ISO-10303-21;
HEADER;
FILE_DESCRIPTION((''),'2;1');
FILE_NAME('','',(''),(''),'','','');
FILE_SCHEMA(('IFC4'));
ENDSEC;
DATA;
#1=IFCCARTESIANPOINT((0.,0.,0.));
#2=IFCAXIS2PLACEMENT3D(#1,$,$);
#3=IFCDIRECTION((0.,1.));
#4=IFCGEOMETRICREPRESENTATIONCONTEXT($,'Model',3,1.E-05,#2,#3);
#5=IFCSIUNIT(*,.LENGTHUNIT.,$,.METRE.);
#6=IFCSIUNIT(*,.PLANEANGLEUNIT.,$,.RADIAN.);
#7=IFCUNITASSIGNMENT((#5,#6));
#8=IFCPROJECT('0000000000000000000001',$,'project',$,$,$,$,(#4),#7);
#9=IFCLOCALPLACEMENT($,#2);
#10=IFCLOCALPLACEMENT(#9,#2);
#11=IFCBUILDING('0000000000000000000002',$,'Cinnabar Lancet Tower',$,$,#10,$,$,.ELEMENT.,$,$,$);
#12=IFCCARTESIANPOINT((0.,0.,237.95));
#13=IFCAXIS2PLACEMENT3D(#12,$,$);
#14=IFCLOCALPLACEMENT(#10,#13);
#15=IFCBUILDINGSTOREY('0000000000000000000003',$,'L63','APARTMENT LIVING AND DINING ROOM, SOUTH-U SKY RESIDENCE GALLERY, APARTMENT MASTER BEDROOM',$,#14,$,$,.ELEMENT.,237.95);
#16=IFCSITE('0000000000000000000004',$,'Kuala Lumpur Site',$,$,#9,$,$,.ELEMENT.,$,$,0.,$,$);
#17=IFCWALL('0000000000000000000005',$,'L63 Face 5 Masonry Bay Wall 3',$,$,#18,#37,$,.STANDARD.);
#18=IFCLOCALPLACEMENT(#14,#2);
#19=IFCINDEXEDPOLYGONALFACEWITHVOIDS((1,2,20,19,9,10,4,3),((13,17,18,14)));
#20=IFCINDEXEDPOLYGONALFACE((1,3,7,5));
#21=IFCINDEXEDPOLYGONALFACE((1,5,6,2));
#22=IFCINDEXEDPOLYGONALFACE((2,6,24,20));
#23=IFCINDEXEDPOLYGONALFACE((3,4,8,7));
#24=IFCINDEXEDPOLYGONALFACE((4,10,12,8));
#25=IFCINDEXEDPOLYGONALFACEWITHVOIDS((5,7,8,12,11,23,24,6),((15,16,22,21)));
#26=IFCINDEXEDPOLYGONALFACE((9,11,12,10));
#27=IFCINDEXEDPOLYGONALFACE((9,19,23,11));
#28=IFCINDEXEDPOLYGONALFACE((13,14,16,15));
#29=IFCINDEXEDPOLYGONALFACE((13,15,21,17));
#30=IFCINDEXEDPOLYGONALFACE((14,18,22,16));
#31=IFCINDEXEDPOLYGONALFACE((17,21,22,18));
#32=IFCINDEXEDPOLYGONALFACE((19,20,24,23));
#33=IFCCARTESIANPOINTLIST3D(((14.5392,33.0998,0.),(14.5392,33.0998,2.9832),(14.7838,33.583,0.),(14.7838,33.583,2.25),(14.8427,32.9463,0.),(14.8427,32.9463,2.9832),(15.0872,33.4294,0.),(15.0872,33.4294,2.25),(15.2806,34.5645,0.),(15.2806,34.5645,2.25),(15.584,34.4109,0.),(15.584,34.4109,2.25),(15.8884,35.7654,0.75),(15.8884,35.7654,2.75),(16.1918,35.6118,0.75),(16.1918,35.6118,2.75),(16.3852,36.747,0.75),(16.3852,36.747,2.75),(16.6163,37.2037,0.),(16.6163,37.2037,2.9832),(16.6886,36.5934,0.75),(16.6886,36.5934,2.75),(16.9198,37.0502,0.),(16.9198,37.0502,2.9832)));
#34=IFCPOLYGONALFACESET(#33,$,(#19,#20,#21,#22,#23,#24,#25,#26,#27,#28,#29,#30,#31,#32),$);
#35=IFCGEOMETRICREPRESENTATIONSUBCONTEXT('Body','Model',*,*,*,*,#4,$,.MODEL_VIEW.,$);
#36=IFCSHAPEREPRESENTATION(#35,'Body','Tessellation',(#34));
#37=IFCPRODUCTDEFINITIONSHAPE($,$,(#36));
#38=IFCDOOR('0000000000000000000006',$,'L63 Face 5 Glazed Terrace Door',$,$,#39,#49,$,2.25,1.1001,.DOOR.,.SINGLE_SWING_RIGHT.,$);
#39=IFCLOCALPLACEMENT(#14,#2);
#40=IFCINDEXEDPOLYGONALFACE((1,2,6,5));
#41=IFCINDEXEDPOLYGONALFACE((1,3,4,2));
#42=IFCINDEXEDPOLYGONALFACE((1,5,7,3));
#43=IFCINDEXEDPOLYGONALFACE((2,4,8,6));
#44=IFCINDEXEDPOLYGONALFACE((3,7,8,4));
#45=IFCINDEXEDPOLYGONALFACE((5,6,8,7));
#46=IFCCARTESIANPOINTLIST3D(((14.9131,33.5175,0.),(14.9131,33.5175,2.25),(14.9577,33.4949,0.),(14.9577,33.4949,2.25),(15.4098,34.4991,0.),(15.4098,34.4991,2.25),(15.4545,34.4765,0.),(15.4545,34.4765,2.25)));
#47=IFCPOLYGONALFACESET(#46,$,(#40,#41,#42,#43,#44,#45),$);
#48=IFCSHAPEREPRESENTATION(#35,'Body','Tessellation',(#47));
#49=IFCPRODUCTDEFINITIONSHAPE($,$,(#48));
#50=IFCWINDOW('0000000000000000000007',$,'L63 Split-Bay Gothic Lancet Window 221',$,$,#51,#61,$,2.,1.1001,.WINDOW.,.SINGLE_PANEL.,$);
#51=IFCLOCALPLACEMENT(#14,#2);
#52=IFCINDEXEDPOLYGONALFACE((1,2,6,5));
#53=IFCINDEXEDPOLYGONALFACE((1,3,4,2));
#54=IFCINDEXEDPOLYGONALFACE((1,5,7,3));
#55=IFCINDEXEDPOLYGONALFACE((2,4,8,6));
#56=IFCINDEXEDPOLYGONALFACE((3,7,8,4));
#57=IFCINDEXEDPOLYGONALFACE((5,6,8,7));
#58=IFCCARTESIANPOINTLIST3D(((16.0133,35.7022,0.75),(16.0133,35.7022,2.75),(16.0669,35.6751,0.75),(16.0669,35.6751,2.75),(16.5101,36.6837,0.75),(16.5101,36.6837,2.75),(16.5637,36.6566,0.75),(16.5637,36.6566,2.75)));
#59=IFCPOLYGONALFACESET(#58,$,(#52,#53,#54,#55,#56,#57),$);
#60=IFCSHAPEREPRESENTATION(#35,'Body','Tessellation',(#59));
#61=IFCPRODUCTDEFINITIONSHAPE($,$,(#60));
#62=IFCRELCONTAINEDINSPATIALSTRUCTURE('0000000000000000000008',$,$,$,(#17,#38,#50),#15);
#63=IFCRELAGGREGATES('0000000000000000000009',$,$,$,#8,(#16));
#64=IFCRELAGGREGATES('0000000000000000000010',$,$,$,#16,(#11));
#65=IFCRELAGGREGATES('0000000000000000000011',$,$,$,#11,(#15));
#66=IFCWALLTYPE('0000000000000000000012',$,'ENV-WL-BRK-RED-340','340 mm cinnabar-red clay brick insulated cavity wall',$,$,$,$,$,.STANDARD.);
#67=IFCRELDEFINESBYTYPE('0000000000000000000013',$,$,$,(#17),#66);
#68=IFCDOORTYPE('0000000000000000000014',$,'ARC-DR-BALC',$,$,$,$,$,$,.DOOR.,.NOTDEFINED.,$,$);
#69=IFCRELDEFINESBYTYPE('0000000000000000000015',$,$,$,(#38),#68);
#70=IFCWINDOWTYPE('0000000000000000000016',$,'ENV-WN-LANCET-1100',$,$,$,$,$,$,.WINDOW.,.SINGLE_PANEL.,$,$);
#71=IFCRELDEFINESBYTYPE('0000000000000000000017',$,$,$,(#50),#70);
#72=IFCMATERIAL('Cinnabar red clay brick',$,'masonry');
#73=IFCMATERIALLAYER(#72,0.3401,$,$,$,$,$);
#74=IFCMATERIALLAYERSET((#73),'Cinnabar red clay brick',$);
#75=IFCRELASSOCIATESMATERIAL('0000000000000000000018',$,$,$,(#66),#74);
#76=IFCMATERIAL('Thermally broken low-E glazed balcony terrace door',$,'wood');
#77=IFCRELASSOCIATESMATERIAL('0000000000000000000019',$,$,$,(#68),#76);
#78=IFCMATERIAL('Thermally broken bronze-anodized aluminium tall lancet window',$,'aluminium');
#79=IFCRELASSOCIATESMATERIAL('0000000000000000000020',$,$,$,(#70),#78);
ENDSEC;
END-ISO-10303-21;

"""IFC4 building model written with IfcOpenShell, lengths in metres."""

from ifc_helpers import new_model, si_unit, direction, frame, frame_2d, origin, place, context, subcontext, project, spatial, rectangle, extrude, material, layer, layer_set, type_object, element, fill, save


model = new_model("IFC4")

# Units and contexts
model_context = context("Model", 3, precision=1e-05, world=origin(), true_north=direction((0.0, 1.0)))
body_context = subcontext(model_context, "Body", "Model", "MODEL_VIEW")
ifc_project = project(units=[si_unit("LENGTHUNIT", "METRE"), si_unit("PLANEANGLEUNIT", "RADIAN")], contexts=[model_context])

# Site, building, storey
site_placement = place(None, origin())
site = spatial("IfcSite", under=ifc_project, at=site_placement, Name="Kuala Lumpur Site", CompositionType="ELEMENT", RefElevation=0.0)
building_placement = place(site_placement, origin())
building = spatial("IfcBuilding", under=site, at=building_placement, Name="Cinnabar Lancet Tower", CompositionType="ELEMENT")
storey_placement = place(building_placement, frame((0.0, 0.0, 237.95)))
storey = spatial("IfcBuildingStorey", under=building, at=storey_placement, Name="L63", Description="APARTMENT LIVING AND DINING ROOM, SOUTH-U SKY RESIDENCE GALLERY, APARTMENT MASTER BEDROOM", CompositionType="ELEMENT", Elevation=237.95)

# Shared definitions
ifc_material_1 = material(Name="Cinnabar red clay brick", Category="masonry")
ifc_layer_1 = layer(ifc_material_1, 0.3401)
ifc_layer_set_1 = layer_set([ifc_layer_1], Name="Cinnabar red clay brick")
wall_type_1 = type_object("IfcWallType", Name="ENV-WL-BRK-RED-340", Description="340 mm cinnabar-red clay brick insulated cavity wall", PredefinedType="STANDARD", material=ifc_layer_set_1)

# Wall, openings, door, window
wall_1_placement = place(storey_placement, frame((16.7681, 37.127, 0.0), z_axis=(0.0, 0.0, 1.0), x_axis=(-0.451582, -0.89223, 0.0)))
wall_1 = element("IfcWall", 1, at=wall_1_placement, inside=storey, type_object=wall_type_1, Name="L63 Face 5 Masonry Bay Wall 3", PredefinedType="STANDARD", context=body_context, shape_type="SweptSolid", body=[
    extrude(rectangle(XDim=4.5996, YDim=0.3401, at=frame_2d((2.2998, 0.0))), origin(), (0.0, 0.0, 1.0), 2.9832),
])
opening_1_placement = place(wall_1_placement, frame((2.958, 0.0, 0.0)))
opening_1 = element("IfcOpeningElement", 2, at=opening_1_placement, cuts=wall_1, PredefinedType="OPENING", context=body_context, shape_type="SweptSolid", body=[
    extrude(rectangle(XDim=1.1001, YDim=2.25, at=frame_2d((0.55, 1.125))), frame((0.0, 0.1799, 0.0), z_axis=(0.0, -1.0, 0.0), x_axis=(1.0, 0.0, 0.0)), (0.0, 0.0, 1.0), 0.3601),
])
opening_2_placement = place(wall_1_placement, frame((0.512, 0.0, 0.75)))
opening_2 = element("IfcOpeningElement", 3, at=opening_2_placement, cuts=wall_1, PredefinedType="OPENING", context=body_context, shape_type="SweptSolid", body=[
    extrude(rectangle(XDim=1.1001, YDim=2.0, at=frame_2d((0.55, 1.0))), frame((0.0, 0.1799, 0.0), z_axis=(0.0, -1.0, 0.0), x_axis=(1.0, 0.0, 0.0)), (0.0, 0.0, 1.0), 0.3601),
])
ifc_material_2 = material(Name="Thermally broken low-E glazed balcony terrace door", Category="wood")
door_type_1 = type_object("IfcDoorType", Name="ARC-DR-BALC", OperationType="NOTDEFINED", PredefinedType="DOOR", material=ifc_material_2)
door_1_placement = place(opening_1_placement, origin())
door_1 = element("IfcDoor", 4, at=door_1_placement, inside=storey, type_object=door_type_1, Name="L63 Face 5 Glazed Terrace Door", OperationType="SINGLE_SWING_RIGHT", OverallHeight=2.25, OverallWidth=1.1001, PredefinedType="DOOR", context=body_context, shape_type="SweptSolid", body=[
    extrude(rectangle(XDim=1.1001, YDim=2.25, at=frame_2d((0.55, 1.125))), frame((0.0, 0.0249, 0.0), z_axis=(0.0, -1.0, 0.0), x_axis=(1.0, 0.0, 0.0)), (0.0, 0.0, 1.0), 0.05),
])
fill(opening_1, door_1)
ifc_material_3 = material(Name="Thermally broken bronze-anodized aluminium tall lancet window", Category="aluminium")
window_type_1 = type_object("IfcWindowType", Name="ENV-WN-LANCET-1100", PartitioningType="SINGLE_PANEL", PredefinedType="WINDOW", material=ifc_material_3)
window_1_placement = place(opening_2_placement, origin())
window_1 = element("IfcWindow", 5, at=window_1_placement, inside=storey, type_object=window_type_1, Name="L63 Split-Bay Gothic Lancet Window 221", OverallHeight=2.0, OverallWidth=1.1001, PartitioningType="SINGLE_PANEL", PredefinedType="WINDOW", context=body_context, shape_type="SweptSolid", body=[
    extrude(rectangle(XDim=1.1001, YDim=2.0, at=frame_2d((0.55, 1.0))), frame((0.0, 0.03, 0.0), z_axis=(0.0, -1.0, 0.0), x_axis=(1.0, 0.0, 0.0)), (0.0, 0.0, 1.0), 0.0601),
])
fill(opening_2, window_1)

save(model, "model.ifc")
